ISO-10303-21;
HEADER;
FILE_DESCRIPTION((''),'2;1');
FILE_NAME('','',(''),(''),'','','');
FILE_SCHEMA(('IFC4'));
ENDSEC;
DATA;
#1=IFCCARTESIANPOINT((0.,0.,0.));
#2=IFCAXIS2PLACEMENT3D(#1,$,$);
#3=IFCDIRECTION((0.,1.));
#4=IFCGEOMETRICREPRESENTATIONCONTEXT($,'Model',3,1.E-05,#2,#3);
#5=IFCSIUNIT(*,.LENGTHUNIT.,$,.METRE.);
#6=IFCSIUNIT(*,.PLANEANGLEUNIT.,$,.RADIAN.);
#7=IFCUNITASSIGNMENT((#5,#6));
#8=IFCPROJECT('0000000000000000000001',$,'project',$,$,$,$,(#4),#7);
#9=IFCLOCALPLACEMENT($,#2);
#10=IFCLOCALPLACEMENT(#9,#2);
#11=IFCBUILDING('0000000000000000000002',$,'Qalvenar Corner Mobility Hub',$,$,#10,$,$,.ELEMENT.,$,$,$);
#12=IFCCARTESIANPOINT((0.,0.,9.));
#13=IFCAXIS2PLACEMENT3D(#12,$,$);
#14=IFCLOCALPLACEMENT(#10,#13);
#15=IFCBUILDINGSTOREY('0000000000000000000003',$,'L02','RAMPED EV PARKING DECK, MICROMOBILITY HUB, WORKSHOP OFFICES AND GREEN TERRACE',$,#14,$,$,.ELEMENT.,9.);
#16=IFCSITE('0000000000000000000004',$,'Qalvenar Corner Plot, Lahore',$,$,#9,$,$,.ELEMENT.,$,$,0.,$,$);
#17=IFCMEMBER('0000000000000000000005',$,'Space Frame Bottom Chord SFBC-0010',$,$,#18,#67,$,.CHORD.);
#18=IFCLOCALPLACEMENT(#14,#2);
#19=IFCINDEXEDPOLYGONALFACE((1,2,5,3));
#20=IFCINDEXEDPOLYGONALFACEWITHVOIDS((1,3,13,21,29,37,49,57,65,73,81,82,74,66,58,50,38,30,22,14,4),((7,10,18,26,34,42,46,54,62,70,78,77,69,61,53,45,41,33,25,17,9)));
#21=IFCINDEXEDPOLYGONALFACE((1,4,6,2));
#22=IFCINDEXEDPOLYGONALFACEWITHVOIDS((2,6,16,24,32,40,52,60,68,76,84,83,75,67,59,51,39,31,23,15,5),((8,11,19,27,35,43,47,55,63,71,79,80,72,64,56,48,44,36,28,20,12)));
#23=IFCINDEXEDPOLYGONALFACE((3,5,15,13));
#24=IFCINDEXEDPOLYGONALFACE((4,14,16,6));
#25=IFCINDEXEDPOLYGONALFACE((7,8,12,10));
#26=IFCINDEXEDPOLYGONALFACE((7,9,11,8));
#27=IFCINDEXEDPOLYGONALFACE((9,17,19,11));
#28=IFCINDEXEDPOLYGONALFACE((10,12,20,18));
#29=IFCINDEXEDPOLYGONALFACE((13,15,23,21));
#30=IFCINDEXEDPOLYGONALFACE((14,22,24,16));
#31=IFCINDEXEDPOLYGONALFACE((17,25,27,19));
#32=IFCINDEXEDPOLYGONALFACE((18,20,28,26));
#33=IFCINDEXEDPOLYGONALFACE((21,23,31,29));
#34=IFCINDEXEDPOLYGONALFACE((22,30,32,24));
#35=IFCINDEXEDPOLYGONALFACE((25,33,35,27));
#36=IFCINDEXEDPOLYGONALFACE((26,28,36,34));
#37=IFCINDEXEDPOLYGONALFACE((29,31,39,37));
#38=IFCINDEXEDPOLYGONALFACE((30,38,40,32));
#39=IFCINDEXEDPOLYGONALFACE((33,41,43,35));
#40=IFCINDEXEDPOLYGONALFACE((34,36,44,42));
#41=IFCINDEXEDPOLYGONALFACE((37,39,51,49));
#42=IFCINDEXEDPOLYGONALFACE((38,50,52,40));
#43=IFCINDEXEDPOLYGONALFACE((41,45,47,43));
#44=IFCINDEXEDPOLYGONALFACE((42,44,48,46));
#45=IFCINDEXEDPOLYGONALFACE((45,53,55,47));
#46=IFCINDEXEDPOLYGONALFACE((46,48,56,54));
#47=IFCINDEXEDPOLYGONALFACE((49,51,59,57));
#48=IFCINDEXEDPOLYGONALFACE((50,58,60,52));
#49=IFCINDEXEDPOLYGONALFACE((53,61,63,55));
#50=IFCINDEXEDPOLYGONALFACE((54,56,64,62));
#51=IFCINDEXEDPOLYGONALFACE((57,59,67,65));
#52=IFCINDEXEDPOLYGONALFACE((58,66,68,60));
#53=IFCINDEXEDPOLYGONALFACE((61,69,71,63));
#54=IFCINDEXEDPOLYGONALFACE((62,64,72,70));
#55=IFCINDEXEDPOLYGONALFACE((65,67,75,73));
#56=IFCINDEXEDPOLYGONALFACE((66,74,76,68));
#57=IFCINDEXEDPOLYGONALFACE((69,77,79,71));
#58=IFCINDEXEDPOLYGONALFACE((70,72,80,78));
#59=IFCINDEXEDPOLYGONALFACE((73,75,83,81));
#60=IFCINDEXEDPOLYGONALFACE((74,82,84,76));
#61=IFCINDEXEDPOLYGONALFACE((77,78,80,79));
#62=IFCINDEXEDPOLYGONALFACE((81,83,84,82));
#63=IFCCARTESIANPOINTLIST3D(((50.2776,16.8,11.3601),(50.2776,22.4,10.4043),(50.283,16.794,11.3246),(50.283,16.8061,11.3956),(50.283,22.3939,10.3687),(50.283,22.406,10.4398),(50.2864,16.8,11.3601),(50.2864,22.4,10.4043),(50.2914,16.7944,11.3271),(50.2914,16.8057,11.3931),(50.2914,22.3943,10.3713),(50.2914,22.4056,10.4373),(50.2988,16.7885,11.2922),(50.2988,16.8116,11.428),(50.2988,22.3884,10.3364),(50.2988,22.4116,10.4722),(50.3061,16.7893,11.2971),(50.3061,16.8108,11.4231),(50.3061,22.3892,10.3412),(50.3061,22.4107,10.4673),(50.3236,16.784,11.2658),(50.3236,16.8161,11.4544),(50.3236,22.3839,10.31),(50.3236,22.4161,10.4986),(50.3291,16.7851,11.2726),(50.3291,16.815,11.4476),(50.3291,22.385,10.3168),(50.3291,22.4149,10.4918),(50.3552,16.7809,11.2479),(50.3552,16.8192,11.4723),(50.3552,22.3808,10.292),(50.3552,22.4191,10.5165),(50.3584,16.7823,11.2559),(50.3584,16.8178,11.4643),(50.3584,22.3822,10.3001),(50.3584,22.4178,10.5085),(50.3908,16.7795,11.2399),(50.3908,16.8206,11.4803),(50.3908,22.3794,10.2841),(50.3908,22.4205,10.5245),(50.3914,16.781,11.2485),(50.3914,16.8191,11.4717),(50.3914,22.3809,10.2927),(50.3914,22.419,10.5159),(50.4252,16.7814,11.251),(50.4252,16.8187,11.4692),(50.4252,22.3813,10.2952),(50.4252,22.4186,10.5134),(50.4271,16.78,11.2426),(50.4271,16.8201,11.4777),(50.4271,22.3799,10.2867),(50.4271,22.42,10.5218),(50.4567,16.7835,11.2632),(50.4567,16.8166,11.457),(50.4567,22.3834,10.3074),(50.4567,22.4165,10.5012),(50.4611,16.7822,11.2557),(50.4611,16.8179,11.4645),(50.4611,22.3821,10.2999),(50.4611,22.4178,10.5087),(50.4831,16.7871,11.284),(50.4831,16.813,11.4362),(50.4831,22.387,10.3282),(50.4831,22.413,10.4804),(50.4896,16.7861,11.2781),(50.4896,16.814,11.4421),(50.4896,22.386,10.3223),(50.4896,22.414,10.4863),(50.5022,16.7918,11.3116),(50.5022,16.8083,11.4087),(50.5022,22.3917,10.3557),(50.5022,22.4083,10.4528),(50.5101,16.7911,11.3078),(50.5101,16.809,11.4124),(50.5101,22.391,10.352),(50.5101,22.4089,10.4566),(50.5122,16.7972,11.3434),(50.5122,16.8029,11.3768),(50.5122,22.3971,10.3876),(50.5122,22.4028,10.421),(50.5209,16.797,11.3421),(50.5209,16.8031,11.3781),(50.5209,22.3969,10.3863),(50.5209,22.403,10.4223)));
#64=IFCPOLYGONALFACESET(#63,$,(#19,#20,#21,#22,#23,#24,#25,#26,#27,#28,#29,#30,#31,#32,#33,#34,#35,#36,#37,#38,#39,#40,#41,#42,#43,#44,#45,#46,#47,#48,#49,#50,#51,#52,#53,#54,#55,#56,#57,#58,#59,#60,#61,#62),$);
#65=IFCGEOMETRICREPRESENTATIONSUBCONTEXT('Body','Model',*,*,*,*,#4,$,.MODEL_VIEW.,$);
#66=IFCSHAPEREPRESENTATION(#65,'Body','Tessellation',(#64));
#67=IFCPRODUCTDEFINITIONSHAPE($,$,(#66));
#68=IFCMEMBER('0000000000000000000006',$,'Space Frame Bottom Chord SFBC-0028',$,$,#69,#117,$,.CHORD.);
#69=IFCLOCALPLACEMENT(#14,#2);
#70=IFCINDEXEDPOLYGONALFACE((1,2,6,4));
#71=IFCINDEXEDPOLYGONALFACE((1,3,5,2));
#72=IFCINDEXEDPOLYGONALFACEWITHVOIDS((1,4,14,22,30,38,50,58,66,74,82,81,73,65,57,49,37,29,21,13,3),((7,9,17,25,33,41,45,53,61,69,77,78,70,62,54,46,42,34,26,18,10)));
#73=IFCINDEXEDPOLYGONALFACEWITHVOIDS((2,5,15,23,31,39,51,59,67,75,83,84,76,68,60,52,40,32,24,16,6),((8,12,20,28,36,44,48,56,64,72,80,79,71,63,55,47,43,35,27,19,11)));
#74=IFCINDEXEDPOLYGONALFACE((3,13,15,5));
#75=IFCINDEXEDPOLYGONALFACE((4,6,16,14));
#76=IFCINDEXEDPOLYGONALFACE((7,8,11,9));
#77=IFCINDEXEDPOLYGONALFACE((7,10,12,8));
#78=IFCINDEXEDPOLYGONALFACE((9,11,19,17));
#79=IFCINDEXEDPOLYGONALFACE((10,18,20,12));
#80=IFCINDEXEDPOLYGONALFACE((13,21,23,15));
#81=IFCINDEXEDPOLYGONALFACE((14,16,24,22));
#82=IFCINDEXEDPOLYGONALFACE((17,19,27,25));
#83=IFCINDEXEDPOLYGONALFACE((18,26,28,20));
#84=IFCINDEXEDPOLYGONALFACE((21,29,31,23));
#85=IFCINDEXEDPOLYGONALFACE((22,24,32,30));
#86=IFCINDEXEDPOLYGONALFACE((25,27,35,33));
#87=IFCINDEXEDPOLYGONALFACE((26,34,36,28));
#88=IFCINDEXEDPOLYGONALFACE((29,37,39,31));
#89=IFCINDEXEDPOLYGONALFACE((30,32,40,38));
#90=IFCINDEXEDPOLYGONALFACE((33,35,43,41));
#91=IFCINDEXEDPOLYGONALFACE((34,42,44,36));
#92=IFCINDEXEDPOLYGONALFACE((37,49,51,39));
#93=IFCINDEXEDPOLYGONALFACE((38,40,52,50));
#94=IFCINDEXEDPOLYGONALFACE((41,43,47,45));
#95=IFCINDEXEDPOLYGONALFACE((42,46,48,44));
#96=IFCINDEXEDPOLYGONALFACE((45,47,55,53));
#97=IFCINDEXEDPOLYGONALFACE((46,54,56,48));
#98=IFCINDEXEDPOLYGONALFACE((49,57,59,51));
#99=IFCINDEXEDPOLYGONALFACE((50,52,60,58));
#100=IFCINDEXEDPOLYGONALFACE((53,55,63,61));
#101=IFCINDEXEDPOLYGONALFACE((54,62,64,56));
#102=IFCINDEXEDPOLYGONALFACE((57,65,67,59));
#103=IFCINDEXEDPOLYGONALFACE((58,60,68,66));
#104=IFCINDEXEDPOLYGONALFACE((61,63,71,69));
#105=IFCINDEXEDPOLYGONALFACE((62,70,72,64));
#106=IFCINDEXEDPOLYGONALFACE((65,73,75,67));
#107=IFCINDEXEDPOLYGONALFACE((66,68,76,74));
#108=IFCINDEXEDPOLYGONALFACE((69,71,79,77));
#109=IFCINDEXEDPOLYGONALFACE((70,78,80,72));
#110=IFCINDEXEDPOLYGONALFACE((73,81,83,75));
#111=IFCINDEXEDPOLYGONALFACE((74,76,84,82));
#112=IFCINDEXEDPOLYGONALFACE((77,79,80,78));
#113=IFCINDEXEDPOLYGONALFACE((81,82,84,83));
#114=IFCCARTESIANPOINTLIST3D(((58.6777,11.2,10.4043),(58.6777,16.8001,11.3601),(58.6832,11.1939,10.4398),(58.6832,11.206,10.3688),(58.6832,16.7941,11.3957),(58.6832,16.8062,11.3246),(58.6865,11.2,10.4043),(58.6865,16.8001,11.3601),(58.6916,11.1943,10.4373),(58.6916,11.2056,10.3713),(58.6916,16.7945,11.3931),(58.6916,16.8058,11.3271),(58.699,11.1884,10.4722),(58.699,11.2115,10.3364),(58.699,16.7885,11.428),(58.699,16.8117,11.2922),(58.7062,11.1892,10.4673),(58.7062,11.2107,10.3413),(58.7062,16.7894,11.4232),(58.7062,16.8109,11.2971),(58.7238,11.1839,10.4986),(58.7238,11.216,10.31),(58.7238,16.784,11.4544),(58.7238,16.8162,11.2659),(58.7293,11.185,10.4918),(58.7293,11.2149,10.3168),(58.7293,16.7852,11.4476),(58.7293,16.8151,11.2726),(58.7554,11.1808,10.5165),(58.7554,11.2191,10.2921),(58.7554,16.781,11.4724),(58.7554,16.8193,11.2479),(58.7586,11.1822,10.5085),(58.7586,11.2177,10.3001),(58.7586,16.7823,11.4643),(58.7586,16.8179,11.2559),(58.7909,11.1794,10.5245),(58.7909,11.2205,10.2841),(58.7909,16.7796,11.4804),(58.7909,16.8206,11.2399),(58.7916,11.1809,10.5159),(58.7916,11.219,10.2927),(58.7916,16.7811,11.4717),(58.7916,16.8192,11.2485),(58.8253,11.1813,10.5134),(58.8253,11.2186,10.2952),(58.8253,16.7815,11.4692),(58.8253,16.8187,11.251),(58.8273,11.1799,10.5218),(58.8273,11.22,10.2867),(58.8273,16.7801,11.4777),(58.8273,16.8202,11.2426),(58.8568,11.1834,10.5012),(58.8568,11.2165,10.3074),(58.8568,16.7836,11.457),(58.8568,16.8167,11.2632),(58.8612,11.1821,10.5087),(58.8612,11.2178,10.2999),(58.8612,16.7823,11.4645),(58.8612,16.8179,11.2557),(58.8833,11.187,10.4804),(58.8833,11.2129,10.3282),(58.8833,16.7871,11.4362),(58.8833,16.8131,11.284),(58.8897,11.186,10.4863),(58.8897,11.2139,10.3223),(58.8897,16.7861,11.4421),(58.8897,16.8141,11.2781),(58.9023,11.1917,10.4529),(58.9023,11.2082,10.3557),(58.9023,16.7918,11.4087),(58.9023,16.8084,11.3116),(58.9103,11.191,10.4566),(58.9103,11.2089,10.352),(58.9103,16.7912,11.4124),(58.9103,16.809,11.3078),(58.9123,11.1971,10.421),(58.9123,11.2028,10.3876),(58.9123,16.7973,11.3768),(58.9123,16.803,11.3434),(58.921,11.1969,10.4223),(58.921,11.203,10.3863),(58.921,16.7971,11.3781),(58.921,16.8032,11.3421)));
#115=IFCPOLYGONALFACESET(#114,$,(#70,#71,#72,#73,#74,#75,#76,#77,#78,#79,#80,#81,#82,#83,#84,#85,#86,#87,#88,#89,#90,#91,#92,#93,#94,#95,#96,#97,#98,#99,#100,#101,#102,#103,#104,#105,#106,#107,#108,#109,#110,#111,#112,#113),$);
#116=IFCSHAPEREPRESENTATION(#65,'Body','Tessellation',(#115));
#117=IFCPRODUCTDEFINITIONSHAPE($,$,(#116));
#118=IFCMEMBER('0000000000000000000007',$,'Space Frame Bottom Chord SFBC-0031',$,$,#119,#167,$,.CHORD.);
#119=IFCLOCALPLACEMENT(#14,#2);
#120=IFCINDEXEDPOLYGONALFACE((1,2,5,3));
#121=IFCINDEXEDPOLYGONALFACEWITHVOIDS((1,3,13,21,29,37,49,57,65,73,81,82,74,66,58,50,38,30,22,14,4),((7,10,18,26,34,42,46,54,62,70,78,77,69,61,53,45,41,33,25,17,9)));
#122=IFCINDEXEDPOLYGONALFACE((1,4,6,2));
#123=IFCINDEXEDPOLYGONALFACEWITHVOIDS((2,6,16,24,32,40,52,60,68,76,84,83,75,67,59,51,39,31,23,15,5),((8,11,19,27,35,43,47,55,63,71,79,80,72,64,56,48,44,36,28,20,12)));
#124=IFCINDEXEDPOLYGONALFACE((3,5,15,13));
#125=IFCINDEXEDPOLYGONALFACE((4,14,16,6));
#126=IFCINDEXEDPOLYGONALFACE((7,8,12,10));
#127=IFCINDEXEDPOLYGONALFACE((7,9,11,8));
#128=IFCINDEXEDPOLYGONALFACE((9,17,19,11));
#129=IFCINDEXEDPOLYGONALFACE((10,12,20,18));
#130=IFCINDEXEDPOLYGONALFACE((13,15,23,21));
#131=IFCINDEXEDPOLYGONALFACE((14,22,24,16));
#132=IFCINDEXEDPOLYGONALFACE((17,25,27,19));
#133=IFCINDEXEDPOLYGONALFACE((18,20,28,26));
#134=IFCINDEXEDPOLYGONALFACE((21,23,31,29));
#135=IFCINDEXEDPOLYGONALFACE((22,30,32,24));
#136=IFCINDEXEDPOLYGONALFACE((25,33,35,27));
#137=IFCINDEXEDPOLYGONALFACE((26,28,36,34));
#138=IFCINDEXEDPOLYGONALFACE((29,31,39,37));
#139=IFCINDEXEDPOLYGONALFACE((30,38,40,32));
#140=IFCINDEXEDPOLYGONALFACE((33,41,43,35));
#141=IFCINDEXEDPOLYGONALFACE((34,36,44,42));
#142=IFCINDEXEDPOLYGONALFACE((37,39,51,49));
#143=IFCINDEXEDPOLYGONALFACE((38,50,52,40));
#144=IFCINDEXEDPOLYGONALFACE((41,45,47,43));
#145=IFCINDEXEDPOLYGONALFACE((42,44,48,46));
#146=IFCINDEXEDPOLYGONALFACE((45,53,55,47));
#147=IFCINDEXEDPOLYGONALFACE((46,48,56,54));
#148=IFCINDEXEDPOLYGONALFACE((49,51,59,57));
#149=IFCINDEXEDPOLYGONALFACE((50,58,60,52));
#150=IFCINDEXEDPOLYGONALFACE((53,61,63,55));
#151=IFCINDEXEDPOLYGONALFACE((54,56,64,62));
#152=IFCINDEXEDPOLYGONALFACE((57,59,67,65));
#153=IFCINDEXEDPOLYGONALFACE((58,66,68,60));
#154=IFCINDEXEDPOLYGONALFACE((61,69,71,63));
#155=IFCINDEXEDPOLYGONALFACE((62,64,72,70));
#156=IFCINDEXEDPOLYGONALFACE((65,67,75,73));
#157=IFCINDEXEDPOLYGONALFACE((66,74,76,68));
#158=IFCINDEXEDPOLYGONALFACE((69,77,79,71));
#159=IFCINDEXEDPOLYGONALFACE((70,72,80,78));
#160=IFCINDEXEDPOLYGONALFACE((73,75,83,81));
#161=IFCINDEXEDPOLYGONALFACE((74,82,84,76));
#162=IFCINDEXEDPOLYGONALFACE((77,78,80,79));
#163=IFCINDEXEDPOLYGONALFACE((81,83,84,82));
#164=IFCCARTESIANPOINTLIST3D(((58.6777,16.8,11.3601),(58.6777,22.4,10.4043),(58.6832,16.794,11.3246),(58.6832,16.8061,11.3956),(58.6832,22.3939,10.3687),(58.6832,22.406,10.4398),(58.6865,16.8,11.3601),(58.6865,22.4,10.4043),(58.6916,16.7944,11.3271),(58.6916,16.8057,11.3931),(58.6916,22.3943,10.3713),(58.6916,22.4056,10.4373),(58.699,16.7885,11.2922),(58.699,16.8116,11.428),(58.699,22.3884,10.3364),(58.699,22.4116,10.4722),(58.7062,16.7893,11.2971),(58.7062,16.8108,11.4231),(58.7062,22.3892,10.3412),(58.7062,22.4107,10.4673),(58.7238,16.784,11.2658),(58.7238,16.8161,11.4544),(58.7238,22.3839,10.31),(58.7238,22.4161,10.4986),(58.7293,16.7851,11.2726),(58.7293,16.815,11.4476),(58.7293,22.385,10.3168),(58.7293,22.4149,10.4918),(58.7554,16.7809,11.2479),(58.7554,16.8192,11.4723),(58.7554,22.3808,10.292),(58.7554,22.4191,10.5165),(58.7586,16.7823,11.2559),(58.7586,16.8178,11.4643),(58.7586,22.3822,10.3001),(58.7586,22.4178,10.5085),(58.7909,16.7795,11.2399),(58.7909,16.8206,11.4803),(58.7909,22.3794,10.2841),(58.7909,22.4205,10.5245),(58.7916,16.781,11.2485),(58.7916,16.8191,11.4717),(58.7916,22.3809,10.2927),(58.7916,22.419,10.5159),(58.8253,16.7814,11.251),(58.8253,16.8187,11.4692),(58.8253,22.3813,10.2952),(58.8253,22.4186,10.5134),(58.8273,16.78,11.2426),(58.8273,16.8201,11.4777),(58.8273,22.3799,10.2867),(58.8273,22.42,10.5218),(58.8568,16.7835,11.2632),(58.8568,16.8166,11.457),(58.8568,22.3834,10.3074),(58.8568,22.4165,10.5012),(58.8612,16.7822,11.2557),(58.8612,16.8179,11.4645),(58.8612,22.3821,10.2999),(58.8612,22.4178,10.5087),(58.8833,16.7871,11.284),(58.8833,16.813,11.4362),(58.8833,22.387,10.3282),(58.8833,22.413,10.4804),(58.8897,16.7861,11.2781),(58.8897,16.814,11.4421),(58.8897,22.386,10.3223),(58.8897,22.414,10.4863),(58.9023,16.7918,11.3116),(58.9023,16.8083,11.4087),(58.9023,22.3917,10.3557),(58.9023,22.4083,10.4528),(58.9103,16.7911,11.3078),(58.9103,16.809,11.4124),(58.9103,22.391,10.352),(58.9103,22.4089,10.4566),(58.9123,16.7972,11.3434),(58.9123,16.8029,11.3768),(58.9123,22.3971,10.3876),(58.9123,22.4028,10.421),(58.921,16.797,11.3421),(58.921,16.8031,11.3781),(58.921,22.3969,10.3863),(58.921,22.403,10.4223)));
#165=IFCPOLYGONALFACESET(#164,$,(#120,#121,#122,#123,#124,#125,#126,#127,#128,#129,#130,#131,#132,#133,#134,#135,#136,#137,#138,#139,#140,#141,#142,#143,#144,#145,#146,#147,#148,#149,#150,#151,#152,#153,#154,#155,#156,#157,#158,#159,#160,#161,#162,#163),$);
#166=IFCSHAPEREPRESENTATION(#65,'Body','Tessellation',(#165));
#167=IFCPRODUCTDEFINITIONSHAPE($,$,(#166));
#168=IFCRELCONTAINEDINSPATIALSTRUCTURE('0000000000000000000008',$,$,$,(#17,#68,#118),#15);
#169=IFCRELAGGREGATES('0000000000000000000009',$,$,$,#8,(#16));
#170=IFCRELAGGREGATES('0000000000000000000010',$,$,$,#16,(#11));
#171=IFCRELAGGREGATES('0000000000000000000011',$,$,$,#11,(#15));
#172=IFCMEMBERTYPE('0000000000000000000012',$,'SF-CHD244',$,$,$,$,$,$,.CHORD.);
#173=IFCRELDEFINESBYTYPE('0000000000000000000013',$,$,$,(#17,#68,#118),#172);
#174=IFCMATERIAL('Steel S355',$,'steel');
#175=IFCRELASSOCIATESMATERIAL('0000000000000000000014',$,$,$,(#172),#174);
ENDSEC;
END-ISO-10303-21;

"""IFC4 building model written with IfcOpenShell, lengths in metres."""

from ifc_helpers import new_model, si_unit, direction, frame, origin, origin_2d, place, context, subcontext, project, spatial, hollow_circle, extrude, material, material_profile, profile_set, type_object, element, save


model = new_model("IFC4")

# Units and contexts
model_context = context("Model", 3, precision=1e-05, world=origin(), true_north=direction((0.0, 1.0)))
body_context = subcontext(model_context, "Body", "Model", "MODEL_VIEW")
ifc_project = project(units=[si_unit("LENGTHUNIT", "METRE"), si_unit("PLANEANGLEUNIT", "RADIAN")], contexts=[model_context])

# Site, building, storey
site_placement = place(None, origin())
site = spatial("IfcSite", under=ifc_project, at=site_placement, Name="Qalvenar Corner Plot, Lahore", CompositionType="ELEMENT", RefElevation=0.0)
building_placement = place(site_placement, origin())
building = spatial("IfcBuilding", under=site, at=building_placement, Name="Qalvenar Corner Mobility Hub", CompositionType="ELEMENT")
storey_placement = place(building_placement, frame((0.0, 0.0, 9.0)))
storey = spatial("IfcBuildingStorey", under=building, at=storey_placement, Name="L02", Description="RAMPED EV PARKING DECK, MICROMOBILITY HUB, WORKSHOP OFFICES AND GREEN TERRACE", CompositionType="ELEMENT", Elevation=9.0)

# Members
ifc_material_1 = material(Name="Steel S355", Category="steel")
ifc_material_profile_1 = material_profile(ifc_material_1, hollow_circle(Radius=0.1223, WallThickness=0.0088, at=origin_2d()), Name="CHS244.5x8.8")
ifc_profile_set_1 = profile_set([ifc_material_profile_1], Name="Steel S355")
member_type_1 = type_object("IfcMemberType", Name="SF-CHD244", PredefinedType="CHORD", material=ifc_profile_set_1)
member_1_placement = place(storey_placement, frame((50.3999, 16.8, 11.3601), z_axis=(0.0, 0.985744, -0.168252), x_axis=(-1.0, 0.0, 0.0)))
element("IfcMember", 1, at=member_1_placement, inside=storey, type_object=member_type_1, Name="Space Frame Bottom Chord SFBC-0010", PredefinedType="CHORD", context=body_context, shape_type="SweptSolid", body=[
    extrude(hollow_circle(Radius=0.1223, WallThickness=0.0088, at=origin_2d()), origin(), (0.0, 0.0, 1.0), 5.6809),
])
member_2_placement = place(storey_placement, frame((58.8, 11.2, 10.4043), z_axis=(0.0, 0.985745, 0.168245), x_axis=(-1.0, 0.0, 0.0)))
element("IfcMember", 2, at=member_2_placement, inside=storey, type_object=member_type_1, Name="Space Frame Bottom Chord SFBC-0028", PredefinedType="CHORD", context=body_context, shape_type="SweptSolid", body=[
    extrude(hollow_circle(Radius=0.1223, WallThickness=0.0088, at=origin_2d()), origin(), (0.0, 0.0, 1.0), 5.6812),
])
member_3_placement = place(storey_placement, frame((58.8, 16.8, 11.3601), z_axis=(0.0, 0.985744, -0.168252), x_axis=(-1.0, 0.0, 0.0)))
element("IfcMember", 3, at=member_3_placement, inside=storey, type_object=member_type_1, Name="Space Frame Bottom Chord SFBC-0031", PredefinedType="CHORD", context=body_context, shape_type="SweptSolid", body=[
    extrude(hollow_circle(Radius=0.1223, WallThickness=0.0088, at=origin_2d()), origin(), (0.0, 0.0, 1.0), 5.6809),
])

save(model, "model.ifc")
